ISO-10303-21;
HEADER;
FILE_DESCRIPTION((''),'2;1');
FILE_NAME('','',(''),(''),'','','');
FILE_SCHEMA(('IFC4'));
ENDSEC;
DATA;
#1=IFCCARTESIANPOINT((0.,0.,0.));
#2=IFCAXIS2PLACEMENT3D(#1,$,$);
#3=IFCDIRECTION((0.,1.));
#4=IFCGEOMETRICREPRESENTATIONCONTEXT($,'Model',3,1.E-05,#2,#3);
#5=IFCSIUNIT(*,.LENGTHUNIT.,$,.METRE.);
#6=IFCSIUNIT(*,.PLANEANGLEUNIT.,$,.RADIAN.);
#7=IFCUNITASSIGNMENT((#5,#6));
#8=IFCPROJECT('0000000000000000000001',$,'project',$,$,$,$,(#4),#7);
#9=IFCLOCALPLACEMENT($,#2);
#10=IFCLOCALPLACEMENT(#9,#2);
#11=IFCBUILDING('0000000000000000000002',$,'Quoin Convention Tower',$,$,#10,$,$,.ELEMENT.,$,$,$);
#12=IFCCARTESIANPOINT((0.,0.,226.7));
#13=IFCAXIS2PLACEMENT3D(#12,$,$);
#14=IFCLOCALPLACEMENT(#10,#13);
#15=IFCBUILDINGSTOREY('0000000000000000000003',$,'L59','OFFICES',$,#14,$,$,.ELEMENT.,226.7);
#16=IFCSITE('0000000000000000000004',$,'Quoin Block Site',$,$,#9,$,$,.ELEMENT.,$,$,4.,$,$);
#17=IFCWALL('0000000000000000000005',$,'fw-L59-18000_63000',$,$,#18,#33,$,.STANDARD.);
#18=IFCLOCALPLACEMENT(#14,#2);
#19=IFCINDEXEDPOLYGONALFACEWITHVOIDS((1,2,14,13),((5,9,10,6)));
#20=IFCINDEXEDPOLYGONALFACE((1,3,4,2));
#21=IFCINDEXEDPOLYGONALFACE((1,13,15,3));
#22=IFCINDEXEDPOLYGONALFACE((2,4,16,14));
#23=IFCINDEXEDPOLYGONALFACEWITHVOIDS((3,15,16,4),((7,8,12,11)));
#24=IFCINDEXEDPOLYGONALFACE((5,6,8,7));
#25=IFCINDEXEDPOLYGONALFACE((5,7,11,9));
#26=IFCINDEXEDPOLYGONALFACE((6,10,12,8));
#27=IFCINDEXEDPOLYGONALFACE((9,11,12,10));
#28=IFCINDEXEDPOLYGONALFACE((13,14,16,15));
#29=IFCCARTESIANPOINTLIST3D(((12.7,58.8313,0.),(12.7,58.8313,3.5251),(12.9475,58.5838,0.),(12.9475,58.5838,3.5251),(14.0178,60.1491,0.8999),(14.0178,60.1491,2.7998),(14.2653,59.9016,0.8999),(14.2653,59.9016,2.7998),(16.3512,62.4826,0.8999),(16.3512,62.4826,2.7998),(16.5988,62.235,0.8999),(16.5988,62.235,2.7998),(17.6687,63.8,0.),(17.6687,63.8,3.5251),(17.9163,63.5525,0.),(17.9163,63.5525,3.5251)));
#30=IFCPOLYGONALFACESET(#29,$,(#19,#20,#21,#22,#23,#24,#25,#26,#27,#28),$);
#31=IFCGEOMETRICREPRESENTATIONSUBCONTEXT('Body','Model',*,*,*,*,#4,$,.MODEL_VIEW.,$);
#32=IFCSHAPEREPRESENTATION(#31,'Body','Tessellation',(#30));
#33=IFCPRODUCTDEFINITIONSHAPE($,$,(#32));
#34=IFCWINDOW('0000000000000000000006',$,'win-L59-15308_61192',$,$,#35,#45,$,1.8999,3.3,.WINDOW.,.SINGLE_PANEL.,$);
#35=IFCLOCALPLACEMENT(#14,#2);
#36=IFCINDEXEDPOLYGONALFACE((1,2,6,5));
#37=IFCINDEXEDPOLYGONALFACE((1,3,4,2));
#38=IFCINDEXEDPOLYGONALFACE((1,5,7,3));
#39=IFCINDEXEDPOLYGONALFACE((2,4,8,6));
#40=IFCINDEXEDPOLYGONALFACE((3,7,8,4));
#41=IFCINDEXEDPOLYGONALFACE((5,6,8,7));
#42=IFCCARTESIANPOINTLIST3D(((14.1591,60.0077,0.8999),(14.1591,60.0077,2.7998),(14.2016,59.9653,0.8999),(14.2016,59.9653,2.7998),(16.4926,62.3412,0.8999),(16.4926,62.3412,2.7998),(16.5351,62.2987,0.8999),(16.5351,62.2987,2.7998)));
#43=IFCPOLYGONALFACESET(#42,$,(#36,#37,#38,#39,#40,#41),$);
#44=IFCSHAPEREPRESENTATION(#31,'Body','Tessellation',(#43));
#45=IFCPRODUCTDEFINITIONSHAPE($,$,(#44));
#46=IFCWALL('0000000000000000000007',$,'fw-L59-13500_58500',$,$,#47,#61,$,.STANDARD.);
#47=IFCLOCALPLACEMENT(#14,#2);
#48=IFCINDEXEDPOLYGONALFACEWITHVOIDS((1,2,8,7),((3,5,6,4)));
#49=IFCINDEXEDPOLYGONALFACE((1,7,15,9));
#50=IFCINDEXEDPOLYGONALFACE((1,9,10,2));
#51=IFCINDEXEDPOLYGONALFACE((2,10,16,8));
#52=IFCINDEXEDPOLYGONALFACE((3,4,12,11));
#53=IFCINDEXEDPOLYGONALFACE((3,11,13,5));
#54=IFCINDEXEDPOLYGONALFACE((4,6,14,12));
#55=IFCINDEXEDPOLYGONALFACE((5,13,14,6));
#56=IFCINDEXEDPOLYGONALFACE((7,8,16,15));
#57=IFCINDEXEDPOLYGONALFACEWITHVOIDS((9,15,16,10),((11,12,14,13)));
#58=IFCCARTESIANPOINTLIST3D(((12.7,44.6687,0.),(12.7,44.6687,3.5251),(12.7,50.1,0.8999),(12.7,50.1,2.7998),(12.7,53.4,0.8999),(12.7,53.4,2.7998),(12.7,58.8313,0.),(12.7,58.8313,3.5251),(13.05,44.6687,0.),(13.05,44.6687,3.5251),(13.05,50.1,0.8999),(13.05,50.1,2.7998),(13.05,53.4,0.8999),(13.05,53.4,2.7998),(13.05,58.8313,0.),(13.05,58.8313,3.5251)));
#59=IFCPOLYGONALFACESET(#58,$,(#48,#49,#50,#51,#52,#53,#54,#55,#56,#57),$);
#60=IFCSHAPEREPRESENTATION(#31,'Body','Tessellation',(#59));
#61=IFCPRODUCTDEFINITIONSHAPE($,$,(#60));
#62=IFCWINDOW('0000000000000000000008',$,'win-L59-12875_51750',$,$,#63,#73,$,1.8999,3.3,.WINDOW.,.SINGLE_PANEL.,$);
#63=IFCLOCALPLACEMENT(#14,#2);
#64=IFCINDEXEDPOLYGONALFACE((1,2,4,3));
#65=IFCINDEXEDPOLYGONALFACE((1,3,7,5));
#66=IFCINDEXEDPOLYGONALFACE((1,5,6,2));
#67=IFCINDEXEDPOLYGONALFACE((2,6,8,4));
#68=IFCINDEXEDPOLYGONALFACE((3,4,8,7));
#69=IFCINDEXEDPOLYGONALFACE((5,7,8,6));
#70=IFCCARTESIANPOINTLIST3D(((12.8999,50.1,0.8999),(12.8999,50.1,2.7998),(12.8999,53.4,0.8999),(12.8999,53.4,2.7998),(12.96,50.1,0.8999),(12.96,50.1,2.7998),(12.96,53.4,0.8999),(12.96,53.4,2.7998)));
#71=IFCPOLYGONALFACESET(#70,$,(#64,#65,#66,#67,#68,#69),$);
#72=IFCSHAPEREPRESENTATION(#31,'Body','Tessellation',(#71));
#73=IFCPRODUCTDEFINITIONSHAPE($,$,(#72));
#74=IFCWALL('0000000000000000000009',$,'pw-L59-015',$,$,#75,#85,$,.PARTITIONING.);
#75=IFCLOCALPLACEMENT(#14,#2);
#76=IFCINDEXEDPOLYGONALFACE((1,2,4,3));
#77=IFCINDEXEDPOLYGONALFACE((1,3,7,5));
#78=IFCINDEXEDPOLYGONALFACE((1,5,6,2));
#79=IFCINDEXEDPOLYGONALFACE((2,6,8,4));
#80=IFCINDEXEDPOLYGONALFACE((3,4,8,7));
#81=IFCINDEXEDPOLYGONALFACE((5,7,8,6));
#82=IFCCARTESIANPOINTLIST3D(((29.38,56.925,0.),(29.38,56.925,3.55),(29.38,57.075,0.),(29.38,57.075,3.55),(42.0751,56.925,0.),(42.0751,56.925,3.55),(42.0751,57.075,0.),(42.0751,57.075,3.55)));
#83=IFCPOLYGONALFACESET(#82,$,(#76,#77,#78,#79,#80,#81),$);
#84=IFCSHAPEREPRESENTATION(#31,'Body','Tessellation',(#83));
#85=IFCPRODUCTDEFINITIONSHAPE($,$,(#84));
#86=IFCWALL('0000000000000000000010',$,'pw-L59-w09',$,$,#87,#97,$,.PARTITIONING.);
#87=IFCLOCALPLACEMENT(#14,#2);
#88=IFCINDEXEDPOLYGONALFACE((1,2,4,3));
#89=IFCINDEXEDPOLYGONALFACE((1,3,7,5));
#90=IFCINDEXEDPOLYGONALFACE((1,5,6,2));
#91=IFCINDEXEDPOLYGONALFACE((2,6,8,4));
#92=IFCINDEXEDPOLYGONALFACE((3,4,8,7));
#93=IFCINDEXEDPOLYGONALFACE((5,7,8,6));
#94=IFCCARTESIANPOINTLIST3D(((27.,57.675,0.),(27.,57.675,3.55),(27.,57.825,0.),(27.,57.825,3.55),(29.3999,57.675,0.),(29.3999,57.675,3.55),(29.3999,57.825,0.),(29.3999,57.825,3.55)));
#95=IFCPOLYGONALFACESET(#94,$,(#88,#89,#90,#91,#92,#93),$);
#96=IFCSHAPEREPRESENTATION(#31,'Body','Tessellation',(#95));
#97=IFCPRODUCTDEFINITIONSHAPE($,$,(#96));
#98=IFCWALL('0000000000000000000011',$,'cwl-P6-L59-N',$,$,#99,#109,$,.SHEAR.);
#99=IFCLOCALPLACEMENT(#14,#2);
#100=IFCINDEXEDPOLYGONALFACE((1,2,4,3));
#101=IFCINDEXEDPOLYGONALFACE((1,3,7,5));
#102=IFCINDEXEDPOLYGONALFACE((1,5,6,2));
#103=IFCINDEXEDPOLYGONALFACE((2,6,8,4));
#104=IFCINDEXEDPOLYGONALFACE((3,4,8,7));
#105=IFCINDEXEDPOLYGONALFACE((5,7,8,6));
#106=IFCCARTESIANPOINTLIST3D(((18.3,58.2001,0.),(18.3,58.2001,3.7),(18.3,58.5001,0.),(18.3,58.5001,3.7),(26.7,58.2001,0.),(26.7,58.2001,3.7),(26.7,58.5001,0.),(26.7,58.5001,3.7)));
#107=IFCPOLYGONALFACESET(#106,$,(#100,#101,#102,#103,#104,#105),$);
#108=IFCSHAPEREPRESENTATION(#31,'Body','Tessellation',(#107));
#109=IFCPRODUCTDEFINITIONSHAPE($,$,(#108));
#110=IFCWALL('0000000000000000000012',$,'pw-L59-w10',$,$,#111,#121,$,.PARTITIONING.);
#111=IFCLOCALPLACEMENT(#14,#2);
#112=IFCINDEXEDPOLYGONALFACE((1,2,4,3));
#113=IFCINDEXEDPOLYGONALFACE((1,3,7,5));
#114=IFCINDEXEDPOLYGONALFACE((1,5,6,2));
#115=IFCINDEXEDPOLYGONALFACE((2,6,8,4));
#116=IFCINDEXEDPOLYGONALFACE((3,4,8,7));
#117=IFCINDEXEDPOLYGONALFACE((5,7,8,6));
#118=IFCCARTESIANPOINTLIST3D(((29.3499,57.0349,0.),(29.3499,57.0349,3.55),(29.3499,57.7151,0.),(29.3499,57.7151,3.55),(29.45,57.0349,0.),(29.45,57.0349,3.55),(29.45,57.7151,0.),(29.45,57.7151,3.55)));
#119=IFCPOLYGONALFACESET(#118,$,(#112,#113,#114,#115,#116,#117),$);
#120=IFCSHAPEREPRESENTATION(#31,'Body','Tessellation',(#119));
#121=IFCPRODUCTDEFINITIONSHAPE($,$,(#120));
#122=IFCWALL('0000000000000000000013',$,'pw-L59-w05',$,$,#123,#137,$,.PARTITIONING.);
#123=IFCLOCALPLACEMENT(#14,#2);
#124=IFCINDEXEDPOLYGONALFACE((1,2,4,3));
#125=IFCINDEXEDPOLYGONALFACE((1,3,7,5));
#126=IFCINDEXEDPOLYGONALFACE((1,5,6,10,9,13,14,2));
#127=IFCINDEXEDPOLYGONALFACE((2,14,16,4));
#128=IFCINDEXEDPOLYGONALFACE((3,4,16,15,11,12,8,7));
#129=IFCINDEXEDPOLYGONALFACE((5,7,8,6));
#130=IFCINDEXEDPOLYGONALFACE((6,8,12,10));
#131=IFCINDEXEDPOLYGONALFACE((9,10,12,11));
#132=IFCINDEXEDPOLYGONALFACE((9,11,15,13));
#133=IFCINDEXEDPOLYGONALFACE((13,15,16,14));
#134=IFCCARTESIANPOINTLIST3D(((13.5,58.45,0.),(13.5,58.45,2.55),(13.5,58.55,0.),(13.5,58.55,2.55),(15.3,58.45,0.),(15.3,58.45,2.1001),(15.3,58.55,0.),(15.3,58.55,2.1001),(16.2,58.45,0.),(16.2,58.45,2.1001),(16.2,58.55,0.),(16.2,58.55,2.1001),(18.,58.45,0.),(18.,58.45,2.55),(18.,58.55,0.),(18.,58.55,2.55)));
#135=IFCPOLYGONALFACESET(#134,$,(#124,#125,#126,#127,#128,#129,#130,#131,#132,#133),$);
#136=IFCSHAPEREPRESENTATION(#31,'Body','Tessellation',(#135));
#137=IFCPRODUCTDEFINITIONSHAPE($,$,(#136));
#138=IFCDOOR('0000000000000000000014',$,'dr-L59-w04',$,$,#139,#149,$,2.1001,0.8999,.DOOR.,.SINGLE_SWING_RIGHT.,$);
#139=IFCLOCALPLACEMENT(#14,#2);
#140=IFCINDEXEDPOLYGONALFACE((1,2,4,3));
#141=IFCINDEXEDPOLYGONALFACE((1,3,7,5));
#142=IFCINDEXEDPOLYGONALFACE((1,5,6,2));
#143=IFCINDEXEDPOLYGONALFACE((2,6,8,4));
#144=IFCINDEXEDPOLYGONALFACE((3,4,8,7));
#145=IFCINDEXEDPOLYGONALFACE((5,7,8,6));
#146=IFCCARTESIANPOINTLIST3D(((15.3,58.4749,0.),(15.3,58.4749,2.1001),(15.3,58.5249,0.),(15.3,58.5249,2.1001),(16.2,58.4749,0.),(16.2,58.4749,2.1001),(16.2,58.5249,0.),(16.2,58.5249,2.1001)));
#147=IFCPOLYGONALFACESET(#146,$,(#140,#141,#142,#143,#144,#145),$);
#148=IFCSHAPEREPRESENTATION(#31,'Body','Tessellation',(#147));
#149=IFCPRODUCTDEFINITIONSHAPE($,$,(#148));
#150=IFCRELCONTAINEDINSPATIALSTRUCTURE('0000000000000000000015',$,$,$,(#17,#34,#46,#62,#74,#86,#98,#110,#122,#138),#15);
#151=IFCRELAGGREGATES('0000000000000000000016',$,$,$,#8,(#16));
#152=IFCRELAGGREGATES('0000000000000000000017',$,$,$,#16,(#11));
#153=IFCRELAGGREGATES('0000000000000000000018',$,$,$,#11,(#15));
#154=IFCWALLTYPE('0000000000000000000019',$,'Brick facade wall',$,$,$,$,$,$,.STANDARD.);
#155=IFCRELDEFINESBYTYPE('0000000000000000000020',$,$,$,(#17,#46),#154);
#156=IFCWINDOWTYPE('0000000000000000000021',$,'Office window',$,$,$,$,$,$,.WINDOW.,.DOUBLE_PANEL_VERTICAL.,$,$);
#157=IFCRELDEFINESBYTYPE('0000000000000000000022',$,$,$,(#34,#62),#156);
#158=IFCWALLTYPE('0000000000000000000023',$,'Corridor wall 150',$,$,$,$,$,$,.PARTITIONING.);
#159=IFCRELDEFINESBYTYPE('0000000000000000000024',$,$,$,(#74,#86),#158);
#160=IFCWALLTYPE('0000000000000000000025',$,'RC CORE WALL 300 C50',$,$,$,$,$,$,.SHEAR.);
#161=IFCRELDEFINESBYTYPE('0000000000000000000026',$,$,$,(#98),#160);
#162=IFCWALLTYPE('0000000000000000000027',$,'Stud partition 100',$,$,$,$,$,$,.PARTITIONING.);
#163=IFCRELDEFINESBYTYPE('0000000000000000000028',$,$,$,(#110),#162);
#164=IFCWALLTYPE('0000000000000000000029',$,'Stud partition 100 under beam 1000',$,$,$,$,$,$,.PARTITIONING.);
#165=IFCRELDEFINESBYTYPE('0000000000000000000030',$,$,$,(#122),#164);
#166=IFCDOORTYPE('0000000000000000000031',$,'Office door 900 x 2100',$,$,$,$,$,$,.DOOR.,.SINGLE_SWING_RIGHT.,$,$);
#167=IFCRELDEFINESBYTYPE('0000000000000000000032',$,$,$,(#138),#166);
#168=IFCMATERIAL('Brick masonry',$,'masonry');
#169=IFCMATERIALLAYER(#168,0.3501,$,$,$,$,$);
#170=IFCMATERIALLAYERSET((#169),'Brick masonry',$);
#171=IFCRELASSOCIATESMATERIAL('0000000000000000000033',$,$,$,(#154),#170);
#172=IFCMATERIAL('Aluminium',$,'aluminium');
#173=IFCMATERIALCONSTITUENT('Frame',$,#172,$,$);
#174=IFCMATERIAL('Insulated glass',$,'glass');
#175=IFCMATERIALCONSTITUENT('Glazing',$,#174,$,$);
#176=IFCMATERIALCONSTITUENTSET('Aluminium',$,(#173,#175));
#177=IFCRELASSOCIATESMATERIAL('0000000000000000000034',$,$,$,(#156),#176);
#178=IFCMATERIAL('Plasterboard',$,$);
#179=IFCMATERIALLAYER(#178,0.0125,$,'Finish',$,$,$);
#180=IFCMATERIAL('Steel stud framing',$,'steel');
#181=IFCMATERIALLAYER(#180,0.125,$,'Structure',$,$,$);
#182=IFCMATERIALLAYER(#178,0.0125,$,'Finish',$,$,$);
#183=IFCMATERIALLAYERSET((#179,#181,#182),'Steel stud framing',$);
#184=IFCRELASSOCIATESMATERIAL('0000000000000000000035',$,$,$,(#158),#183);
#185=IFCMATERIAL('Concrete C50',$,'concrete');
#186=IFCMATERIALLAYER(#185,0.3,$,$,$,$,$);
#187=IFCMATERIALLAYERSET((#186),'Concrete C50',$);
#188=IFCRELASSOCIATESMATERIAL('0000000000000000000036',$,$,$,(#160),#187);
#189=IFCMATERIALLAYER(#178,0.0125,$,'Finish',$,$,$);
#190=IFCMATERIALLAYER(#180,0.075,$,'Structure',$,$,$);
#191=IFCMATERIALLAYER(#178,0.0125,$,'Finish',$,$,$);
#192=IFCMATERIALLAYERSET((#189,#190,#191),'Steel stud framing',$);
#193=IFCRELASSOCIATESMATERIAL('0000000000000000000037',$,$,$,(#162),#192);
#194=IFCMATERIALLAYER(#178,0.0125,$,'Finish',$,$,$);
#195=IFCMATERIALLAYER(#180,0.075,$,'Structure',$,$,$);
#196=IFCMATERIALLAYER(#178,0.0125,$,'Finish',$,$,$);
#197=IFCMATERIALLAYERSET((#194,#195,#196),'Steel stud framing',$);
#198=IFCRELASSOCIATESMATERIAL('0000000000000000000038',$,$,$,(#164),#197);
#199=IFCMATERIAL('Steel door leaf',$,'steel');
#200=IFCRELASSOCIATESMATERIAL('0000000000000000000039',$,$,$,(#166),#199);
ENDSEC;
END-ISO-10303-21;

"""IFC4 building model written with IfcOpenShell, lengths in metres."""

from ifc_helpers import new_model, si_unit, direction, frame, frame_2d, origin, place, context, subcontext, project, spatial, rectangle, extrude, material, layer, layer_set, constituent, constituent_set, type_object, element, fill, save


model = new_model("IFC4")

# Units and contexts
model_context = context("Model", 3, precision=1e-05, world=origin(), true_north=direction((0.0, 1.0)))
body_context = subcontext(model_context, "Body", "Model", "MODEL_VIEW")
ifc_project = project(units=[si_unit("LENGTHUNIT", "METRE"), si_unit("PLANEANGLEUNIT", "RADIAN")], contexts=[model_context])

# Site, building, storey
site_placement = place(None, origin())
site = spatial("IfcSite", under=ifc_project, at=site_placement, Name="Quoin Block Site", CompositionType="ELEMENT", RefElevation=4.0)
building_placement = place(site_placement, origin())
building = spatial("IfcBuilding", under=site, at=building_placement, Name="Quoin Convention Tower", CompositionType="ELEMENT")
storey_placement = place(building_placement, frame((0.0, 0.0, 226.7)))
storey = spatial("IfcBuildingStorey", under=building, at=storey_placement, Name="L59", Description="OFFICES", CompositionType="ELEMENT", Elevation=226.7)

# Shared definitions
ifc_material_1 = material(Name="Concrete C50", Category="concrete")

# Walls, openings, windows
ifc_material_2 = material(Name="Brick masonry", Category="masonry")
ifc_layer_1 = layer(ifc_material_2, 0.3501)
ifc_layer_set_1 = layer_set([ifc_layer_1], Name="Brick masonry")
wall_type_1 = type_object("IfcWallType", Name="Brick facade wall", PredefinedType="STANDARD", material=ifc_layer_set_1)
ifc_material_3 = material(Name="Aluminium", Category="aluminium")
ifc_constituent_1 = constituent(ifc_material_3, Name="Frame")
ifc_material_4 = material(Name="Insulated glass", Category="glass")
ifc_constituent_2 = constituent(ifc_material_4, Name="Glazing")
ifc_constituent_set = constituent_set(constituents=[ifc_constituent_1, ifc_constituent_2], Name="Aluminium")
window_type = type_object("IfcWindowType", Name="Office window", PartitioningType="DOUBLE_PANEL_VERTICAL", PredefinedType="WINDOW", material=ifc_constituent_set)
wall_1_placement = place(storey_placement, frame((17.7925, 63.6763, 0.0), z_axis=(0.0, 0.0, 1.0), x_axis=(-0.707107, -0.707107, 0.0)))
wall_1 = element("IfcWall", 1, at=wall_1_placement, inside=storey, type_object=wall_type_1, Name="fw-L59-18000_63000", PredefinedType="STANDARD", context=body_context, shape_type="SweptSolid", body=[
    extrude(rectangle(XDim=7.0269, YDim=0.3501, at=frame_2d((3.5134, 0.0))), origin(), (0.0, 0.0, 1.0), 3.5251),
])
opening_1_placement = place(wall_1_placement, frame((1.8633, 0.0, 0.8999)))
opening_1 = element("IfcOpeningElement", 2, at=opening_1_placement, cuts=wall_1, PredefinedType="OPENING", context=body_context, shape_type="SweptSolid", body=[
    extrude(rectangle(XDim=3.3, YDim=1.8999, at=frame_2d((1.6499, 0.95))), frame((0.0, 0.1851, 0.0), z_axis=(0.0, -1.0, 0.0), x_axis=(1.0, 0.0, 0.0)), (0.0, 0.0, 1.0), 0.3701),
])
window_1_placement = place(opening_1_placement, origin())
window_1 = element("IfcWindow", 3, at=window_1_placement, inside=storey, type_object=window_type, Name="win-L59-15308_61192", OverallHeight=1.8999, OverallWidth=3.3, PartitioningType="SINGLE_PANEL", PredefinedType="WINDOW", context=body_context, shape_type="SweptSolid", body=[
    extrude(rectangle(XDim=3.3, YDim=1.8999, at=frame_2d((1.6499, 0.95))), frame((0.0, 0.085, 0.0), z_axis=(0.0, -1.0, 0.0), x_axis=(1.0, 0.0, 0.0)), (0.0, 0.0, 1.0), 0.0601),
])
fill(opening_1, window_1)
wall_2_placement = place(storey_placement, frame((12.875, 58.8313, 0.0), z_axis=(0.0, 0.0, 1.0), x_axis=(0.0, -1.0, 0.0)))
wall_2 = element("IfcWall", 4, at=wall_2_placement, inside=storey, type_object=wall_type_1, Name="fw-L59-13500_58500", PredefinedType="STANDARD", context=body_context, shape_type="SweptSolid", body=[
    extrude(rectangle(XDim=14.1626, YDim=0.3501, at=frame_2d((7.0813, 0.0))), origin(), (0.0, 0.0, 1.0), 3.5251),
])
opening_2_placement = place(wall_2_placement, frame((5.4314, 0.0, 0.8999)))
opening_2 = element("IfcOpeningElement", 5, at=opening_2_placement, cuts=wall_2, PredefinedType="OPENING", context=body_context, shape_type="SweptSolid", body=[
    extrude(rectangle(XDim=3.3, YDim=1.8999, at=frame_2d((1.6499, 0.95))), frame((0.0, 0.1851, 0.0), z_axis=(0.0, -1.0, 0.0), x_axis=(1.0, 0.0, 0.0)), (0.0, 0.0, 1.0), 0.3701),
])
window_2_placement = place(opening_2_placement, origin())
window_2 = element("IfcWindow", 6, at=window_2_placement, inside=storey, type_object=window_type, Name="win-L59-12875_51750", OverallHeight=1.8999, OverallWidth=3.3, PartitioningType="SINGLE_PANEL", PredefinedType="WINDOW", context=body_context, shape_type="SweptSolid", body=[
    extrude(rectangle(XDim=3.3, YDim=1.8999, at=frame_2d((1.6499, 0.95))), frame((0.0, 0.085, 0.0), z_axis=(0.0, -1.0, 0.0), x_axis=(1.0, 0.0, 0.0)), (0.0, 0.0, 1.0), 0.0601),
])
fill(opening_2, window_2)

# Walls
ifc_material_5 = material(Name="Plasterboard")
ifc_layer_2 = layer(ifc_material_5, 0.0125, Name="Finish")
ifc_material_6 = material(Name="Steel stud framing", Category="steel")
ifc_layer_3 = layer(ifc_material_6, 0.125, Name="Structure")
ifc_layer_4 = layer(ifc_material_5, 0.0125, Name="Finish")
ifc_layer_set_2 = layer_set([ifc_layer_2, ifc_layer_3, ifc_layer_4], Name="Steel stud framing")
wall_type_2 = type_object("IfcWallType", Name="Corridor wall 150", PredefinedType="PARTITIONING", material=ifc_layer_set_2)
wall_3_placement = place(storey_placement, frame((29.3799, 57.0, 0.0), z_axis=(0.0, 0.0, 1.0), x_axis=(1.0, 0.0, 0.0)))
element("IfcWall", 7, at=wall_3_placement, inside=storey, type_object=wall_type_2, Name="pw-L59-015", PredefinedType="PARTITIONING", context=body_context, shape_type="SweptSolid", body=[
    extrude(rectangle(XDim=12.6951, YDim=0.1499, at=frame_2d((6.3477, 0.0))), origin(), (0.0, 0.0, 1.0), 3.55),
])
wall_4_placement = place(storey_placement, frame((27.0, 57.75, 0.0), z_axis=(0.0, 0.0, 1.0), x_axis=(1.0, 0.0, 0.0)))
element("IfcWall", 8, at=wall_4_placement, inside=storey, type_object=wall_type_2, Name="pw-L59-w09", PredefinedType="PARTITIONING", context=body_context, shape_type="SweptSolid", body=[
    extrude(rectangle(XDim=2.3999, YDim=0.1499, at=frame_2d((1.2, 0.0))), origin(), (0.0, 0.0, 1.0), 3.55),
])
ifc_layer_5 = layer(ifc_material_1, 0.3)
ifc_layer_set_3 = layer_set([ifc_layer_5], Name="Concrete C50")
wall_type_3 = type_object("IfcWallType", Name="RC CORE WALL 300 C50", PredefinedType="SHEAR", material=ifc_layer_set_3)
wall_5_placement = place(storey_placement, frame((18.3, 58.3501, 0.0), z_axis=(0.0, 0.0, 1.0), x_axis=(1.0, 0.0, 0.0)))
element("IfcWall", 9, at=wall_5_placement, inside=storey, type_object=wall_type_3, Name="cwl-P6-L59-N", PredefinedType="SHEAR", context=body_context, shape_type="SweptSolid", body=[
    extrude(rectangle(XDim=8.3999, YDim=0.3, at=frame_2d((4.2, 0.0))), origin(), (0.0, 0.0, 1.0), 3.7),
])
ifc_layer_6 = layer(ifc_material_5, 0.0125, Name="Finish")
ifc_layer_7 = layer(ifc_material_6, 0.075, Name="Structure")
ifc_layer_8 = layer(ifc_material_5, 0.0125, Name="Finish")
ifc_layer_set_4 = layer_set([ifc_layer_6, ifc_layer_7, ifc_layer_8], Name="Steel stud framing")
wall_type_4 = type_object("IfcWallType", Name="Stud partition 100", PredefinedType="PARTITIONING", material=ifc_layer_set_4)
wall_6_placement = place(storey_placement, frame((29.3999, 57.7151, 0.0), z_axis=(0.0, 0.0, 1.0), x_axis=(0.0, -1.0, 0.0)))
element("IfcWall", 10, at=wall_6_placement, inside=storey, type_object=wall_type_4, Name="pw-L59-w10", PredefinedType="PARTITIONING", context=body_context, shape_type="SweptSolid", body=[
    extrude(rectangle(XDim=0.6802, YDim=0.1001, at=frame_2d((0.3401, 0.0))), origin(), (0.0, 0.0, 1.0), 3.55),
])

# Wall, opening, door
ifc_layer_9 = layer(ifc_material_5, 0.0125, Name="Finish")
ifc_layer_10 = layer(ifc_material_6, 0.075, Name="Structure")
ifc_layer_11 = layer(ifc_material_5, 0.0125, Name="Finish")
ifc_layer_set_5 = layer_set([ifc_layer_9, ifc_layer_10, ifc_layer_11], Name="Steel stud framing")
wall_type_5 = type_object("IfcWallType", Name="Stud partition 100 under beam 1000", PredefinedType="PARTITIONING", material=ifc_layer_set_5)
wall_7_placement = place(storey_placement, frame((13.5, 58.5, 0.0), z_axis=(0.0, 0.0, 1.0), x_axis=(1.0, 0.0, 0.0)))
wall_7 = element("IfcWall", 11, at=wall_7_placement, inside=storey, type_object=wall_type_5, Name="pw-L59-w05", PredefinedType="PARTITIONING", context=body_context, shape_type="SweptSolid", body=[
    extrude(rectangle(XDim=4.5, YDim=0.1001, at=frame_2d((2.25, 0.0))), origin(), (0.0, 0.0, 1.0), 2.55),
])
opening_3_placement = place(wall_7_placement, frame((1.8, 0.0, 0.0)))
opening_3 = element("IfcOpeningElement", 12, at=opening_3_placement, cuts=wall_7, PredefinedType="OPENING", context=body_context, shape_type="SweptSolid", body=[
    extrude(rectangle(XDim=0.8999, YDim=2.1001, at=frame_2d((0.45, 1.05))), frame((0.0, 0.0601, 0.0), z_axis=(0.0, -1.0, 0.0), x_axis=(1.0, 0.0, 0.0)), (0.0, 0.0, 1.0), 0.1201),
])
ifc_material_7 = material(Name="Steel door leaf", Category="steel")
door_type = type_object("IfcDoorType", Name="Office door 900 x 2100", OperationType="SINGLE_SWING_RIGHT", PredefinedType="DOOR", material=ifc_material_7)
door_placement = place(opening_3_placement, origin())
door = element("IfcDoor", 13, at=door_placement, inside=storey, type_object=door_type, Name="dr-L59-w04", OperationType="SINGLE_SWING_RIGHT", OverallHeight=2.1001, OverallWidth=0.8999, PredefinedType="DOOR", context=body_context, shape_type="SweptSolid", body=[
    extrude(rectangle(XDim=0.8999, YDim=2.1001, at=frame_2d((0.45, 1.05))), frame((0.0, 0.0249, 0.0), z_axis=(0.0, -1.0, 0.0), x_axis=(1.0, 0.0, 0.0)), (0.0, 0.0, 1.0), 0.05),
])
fill(opening_3, door)

save(model, "model.ifc")
